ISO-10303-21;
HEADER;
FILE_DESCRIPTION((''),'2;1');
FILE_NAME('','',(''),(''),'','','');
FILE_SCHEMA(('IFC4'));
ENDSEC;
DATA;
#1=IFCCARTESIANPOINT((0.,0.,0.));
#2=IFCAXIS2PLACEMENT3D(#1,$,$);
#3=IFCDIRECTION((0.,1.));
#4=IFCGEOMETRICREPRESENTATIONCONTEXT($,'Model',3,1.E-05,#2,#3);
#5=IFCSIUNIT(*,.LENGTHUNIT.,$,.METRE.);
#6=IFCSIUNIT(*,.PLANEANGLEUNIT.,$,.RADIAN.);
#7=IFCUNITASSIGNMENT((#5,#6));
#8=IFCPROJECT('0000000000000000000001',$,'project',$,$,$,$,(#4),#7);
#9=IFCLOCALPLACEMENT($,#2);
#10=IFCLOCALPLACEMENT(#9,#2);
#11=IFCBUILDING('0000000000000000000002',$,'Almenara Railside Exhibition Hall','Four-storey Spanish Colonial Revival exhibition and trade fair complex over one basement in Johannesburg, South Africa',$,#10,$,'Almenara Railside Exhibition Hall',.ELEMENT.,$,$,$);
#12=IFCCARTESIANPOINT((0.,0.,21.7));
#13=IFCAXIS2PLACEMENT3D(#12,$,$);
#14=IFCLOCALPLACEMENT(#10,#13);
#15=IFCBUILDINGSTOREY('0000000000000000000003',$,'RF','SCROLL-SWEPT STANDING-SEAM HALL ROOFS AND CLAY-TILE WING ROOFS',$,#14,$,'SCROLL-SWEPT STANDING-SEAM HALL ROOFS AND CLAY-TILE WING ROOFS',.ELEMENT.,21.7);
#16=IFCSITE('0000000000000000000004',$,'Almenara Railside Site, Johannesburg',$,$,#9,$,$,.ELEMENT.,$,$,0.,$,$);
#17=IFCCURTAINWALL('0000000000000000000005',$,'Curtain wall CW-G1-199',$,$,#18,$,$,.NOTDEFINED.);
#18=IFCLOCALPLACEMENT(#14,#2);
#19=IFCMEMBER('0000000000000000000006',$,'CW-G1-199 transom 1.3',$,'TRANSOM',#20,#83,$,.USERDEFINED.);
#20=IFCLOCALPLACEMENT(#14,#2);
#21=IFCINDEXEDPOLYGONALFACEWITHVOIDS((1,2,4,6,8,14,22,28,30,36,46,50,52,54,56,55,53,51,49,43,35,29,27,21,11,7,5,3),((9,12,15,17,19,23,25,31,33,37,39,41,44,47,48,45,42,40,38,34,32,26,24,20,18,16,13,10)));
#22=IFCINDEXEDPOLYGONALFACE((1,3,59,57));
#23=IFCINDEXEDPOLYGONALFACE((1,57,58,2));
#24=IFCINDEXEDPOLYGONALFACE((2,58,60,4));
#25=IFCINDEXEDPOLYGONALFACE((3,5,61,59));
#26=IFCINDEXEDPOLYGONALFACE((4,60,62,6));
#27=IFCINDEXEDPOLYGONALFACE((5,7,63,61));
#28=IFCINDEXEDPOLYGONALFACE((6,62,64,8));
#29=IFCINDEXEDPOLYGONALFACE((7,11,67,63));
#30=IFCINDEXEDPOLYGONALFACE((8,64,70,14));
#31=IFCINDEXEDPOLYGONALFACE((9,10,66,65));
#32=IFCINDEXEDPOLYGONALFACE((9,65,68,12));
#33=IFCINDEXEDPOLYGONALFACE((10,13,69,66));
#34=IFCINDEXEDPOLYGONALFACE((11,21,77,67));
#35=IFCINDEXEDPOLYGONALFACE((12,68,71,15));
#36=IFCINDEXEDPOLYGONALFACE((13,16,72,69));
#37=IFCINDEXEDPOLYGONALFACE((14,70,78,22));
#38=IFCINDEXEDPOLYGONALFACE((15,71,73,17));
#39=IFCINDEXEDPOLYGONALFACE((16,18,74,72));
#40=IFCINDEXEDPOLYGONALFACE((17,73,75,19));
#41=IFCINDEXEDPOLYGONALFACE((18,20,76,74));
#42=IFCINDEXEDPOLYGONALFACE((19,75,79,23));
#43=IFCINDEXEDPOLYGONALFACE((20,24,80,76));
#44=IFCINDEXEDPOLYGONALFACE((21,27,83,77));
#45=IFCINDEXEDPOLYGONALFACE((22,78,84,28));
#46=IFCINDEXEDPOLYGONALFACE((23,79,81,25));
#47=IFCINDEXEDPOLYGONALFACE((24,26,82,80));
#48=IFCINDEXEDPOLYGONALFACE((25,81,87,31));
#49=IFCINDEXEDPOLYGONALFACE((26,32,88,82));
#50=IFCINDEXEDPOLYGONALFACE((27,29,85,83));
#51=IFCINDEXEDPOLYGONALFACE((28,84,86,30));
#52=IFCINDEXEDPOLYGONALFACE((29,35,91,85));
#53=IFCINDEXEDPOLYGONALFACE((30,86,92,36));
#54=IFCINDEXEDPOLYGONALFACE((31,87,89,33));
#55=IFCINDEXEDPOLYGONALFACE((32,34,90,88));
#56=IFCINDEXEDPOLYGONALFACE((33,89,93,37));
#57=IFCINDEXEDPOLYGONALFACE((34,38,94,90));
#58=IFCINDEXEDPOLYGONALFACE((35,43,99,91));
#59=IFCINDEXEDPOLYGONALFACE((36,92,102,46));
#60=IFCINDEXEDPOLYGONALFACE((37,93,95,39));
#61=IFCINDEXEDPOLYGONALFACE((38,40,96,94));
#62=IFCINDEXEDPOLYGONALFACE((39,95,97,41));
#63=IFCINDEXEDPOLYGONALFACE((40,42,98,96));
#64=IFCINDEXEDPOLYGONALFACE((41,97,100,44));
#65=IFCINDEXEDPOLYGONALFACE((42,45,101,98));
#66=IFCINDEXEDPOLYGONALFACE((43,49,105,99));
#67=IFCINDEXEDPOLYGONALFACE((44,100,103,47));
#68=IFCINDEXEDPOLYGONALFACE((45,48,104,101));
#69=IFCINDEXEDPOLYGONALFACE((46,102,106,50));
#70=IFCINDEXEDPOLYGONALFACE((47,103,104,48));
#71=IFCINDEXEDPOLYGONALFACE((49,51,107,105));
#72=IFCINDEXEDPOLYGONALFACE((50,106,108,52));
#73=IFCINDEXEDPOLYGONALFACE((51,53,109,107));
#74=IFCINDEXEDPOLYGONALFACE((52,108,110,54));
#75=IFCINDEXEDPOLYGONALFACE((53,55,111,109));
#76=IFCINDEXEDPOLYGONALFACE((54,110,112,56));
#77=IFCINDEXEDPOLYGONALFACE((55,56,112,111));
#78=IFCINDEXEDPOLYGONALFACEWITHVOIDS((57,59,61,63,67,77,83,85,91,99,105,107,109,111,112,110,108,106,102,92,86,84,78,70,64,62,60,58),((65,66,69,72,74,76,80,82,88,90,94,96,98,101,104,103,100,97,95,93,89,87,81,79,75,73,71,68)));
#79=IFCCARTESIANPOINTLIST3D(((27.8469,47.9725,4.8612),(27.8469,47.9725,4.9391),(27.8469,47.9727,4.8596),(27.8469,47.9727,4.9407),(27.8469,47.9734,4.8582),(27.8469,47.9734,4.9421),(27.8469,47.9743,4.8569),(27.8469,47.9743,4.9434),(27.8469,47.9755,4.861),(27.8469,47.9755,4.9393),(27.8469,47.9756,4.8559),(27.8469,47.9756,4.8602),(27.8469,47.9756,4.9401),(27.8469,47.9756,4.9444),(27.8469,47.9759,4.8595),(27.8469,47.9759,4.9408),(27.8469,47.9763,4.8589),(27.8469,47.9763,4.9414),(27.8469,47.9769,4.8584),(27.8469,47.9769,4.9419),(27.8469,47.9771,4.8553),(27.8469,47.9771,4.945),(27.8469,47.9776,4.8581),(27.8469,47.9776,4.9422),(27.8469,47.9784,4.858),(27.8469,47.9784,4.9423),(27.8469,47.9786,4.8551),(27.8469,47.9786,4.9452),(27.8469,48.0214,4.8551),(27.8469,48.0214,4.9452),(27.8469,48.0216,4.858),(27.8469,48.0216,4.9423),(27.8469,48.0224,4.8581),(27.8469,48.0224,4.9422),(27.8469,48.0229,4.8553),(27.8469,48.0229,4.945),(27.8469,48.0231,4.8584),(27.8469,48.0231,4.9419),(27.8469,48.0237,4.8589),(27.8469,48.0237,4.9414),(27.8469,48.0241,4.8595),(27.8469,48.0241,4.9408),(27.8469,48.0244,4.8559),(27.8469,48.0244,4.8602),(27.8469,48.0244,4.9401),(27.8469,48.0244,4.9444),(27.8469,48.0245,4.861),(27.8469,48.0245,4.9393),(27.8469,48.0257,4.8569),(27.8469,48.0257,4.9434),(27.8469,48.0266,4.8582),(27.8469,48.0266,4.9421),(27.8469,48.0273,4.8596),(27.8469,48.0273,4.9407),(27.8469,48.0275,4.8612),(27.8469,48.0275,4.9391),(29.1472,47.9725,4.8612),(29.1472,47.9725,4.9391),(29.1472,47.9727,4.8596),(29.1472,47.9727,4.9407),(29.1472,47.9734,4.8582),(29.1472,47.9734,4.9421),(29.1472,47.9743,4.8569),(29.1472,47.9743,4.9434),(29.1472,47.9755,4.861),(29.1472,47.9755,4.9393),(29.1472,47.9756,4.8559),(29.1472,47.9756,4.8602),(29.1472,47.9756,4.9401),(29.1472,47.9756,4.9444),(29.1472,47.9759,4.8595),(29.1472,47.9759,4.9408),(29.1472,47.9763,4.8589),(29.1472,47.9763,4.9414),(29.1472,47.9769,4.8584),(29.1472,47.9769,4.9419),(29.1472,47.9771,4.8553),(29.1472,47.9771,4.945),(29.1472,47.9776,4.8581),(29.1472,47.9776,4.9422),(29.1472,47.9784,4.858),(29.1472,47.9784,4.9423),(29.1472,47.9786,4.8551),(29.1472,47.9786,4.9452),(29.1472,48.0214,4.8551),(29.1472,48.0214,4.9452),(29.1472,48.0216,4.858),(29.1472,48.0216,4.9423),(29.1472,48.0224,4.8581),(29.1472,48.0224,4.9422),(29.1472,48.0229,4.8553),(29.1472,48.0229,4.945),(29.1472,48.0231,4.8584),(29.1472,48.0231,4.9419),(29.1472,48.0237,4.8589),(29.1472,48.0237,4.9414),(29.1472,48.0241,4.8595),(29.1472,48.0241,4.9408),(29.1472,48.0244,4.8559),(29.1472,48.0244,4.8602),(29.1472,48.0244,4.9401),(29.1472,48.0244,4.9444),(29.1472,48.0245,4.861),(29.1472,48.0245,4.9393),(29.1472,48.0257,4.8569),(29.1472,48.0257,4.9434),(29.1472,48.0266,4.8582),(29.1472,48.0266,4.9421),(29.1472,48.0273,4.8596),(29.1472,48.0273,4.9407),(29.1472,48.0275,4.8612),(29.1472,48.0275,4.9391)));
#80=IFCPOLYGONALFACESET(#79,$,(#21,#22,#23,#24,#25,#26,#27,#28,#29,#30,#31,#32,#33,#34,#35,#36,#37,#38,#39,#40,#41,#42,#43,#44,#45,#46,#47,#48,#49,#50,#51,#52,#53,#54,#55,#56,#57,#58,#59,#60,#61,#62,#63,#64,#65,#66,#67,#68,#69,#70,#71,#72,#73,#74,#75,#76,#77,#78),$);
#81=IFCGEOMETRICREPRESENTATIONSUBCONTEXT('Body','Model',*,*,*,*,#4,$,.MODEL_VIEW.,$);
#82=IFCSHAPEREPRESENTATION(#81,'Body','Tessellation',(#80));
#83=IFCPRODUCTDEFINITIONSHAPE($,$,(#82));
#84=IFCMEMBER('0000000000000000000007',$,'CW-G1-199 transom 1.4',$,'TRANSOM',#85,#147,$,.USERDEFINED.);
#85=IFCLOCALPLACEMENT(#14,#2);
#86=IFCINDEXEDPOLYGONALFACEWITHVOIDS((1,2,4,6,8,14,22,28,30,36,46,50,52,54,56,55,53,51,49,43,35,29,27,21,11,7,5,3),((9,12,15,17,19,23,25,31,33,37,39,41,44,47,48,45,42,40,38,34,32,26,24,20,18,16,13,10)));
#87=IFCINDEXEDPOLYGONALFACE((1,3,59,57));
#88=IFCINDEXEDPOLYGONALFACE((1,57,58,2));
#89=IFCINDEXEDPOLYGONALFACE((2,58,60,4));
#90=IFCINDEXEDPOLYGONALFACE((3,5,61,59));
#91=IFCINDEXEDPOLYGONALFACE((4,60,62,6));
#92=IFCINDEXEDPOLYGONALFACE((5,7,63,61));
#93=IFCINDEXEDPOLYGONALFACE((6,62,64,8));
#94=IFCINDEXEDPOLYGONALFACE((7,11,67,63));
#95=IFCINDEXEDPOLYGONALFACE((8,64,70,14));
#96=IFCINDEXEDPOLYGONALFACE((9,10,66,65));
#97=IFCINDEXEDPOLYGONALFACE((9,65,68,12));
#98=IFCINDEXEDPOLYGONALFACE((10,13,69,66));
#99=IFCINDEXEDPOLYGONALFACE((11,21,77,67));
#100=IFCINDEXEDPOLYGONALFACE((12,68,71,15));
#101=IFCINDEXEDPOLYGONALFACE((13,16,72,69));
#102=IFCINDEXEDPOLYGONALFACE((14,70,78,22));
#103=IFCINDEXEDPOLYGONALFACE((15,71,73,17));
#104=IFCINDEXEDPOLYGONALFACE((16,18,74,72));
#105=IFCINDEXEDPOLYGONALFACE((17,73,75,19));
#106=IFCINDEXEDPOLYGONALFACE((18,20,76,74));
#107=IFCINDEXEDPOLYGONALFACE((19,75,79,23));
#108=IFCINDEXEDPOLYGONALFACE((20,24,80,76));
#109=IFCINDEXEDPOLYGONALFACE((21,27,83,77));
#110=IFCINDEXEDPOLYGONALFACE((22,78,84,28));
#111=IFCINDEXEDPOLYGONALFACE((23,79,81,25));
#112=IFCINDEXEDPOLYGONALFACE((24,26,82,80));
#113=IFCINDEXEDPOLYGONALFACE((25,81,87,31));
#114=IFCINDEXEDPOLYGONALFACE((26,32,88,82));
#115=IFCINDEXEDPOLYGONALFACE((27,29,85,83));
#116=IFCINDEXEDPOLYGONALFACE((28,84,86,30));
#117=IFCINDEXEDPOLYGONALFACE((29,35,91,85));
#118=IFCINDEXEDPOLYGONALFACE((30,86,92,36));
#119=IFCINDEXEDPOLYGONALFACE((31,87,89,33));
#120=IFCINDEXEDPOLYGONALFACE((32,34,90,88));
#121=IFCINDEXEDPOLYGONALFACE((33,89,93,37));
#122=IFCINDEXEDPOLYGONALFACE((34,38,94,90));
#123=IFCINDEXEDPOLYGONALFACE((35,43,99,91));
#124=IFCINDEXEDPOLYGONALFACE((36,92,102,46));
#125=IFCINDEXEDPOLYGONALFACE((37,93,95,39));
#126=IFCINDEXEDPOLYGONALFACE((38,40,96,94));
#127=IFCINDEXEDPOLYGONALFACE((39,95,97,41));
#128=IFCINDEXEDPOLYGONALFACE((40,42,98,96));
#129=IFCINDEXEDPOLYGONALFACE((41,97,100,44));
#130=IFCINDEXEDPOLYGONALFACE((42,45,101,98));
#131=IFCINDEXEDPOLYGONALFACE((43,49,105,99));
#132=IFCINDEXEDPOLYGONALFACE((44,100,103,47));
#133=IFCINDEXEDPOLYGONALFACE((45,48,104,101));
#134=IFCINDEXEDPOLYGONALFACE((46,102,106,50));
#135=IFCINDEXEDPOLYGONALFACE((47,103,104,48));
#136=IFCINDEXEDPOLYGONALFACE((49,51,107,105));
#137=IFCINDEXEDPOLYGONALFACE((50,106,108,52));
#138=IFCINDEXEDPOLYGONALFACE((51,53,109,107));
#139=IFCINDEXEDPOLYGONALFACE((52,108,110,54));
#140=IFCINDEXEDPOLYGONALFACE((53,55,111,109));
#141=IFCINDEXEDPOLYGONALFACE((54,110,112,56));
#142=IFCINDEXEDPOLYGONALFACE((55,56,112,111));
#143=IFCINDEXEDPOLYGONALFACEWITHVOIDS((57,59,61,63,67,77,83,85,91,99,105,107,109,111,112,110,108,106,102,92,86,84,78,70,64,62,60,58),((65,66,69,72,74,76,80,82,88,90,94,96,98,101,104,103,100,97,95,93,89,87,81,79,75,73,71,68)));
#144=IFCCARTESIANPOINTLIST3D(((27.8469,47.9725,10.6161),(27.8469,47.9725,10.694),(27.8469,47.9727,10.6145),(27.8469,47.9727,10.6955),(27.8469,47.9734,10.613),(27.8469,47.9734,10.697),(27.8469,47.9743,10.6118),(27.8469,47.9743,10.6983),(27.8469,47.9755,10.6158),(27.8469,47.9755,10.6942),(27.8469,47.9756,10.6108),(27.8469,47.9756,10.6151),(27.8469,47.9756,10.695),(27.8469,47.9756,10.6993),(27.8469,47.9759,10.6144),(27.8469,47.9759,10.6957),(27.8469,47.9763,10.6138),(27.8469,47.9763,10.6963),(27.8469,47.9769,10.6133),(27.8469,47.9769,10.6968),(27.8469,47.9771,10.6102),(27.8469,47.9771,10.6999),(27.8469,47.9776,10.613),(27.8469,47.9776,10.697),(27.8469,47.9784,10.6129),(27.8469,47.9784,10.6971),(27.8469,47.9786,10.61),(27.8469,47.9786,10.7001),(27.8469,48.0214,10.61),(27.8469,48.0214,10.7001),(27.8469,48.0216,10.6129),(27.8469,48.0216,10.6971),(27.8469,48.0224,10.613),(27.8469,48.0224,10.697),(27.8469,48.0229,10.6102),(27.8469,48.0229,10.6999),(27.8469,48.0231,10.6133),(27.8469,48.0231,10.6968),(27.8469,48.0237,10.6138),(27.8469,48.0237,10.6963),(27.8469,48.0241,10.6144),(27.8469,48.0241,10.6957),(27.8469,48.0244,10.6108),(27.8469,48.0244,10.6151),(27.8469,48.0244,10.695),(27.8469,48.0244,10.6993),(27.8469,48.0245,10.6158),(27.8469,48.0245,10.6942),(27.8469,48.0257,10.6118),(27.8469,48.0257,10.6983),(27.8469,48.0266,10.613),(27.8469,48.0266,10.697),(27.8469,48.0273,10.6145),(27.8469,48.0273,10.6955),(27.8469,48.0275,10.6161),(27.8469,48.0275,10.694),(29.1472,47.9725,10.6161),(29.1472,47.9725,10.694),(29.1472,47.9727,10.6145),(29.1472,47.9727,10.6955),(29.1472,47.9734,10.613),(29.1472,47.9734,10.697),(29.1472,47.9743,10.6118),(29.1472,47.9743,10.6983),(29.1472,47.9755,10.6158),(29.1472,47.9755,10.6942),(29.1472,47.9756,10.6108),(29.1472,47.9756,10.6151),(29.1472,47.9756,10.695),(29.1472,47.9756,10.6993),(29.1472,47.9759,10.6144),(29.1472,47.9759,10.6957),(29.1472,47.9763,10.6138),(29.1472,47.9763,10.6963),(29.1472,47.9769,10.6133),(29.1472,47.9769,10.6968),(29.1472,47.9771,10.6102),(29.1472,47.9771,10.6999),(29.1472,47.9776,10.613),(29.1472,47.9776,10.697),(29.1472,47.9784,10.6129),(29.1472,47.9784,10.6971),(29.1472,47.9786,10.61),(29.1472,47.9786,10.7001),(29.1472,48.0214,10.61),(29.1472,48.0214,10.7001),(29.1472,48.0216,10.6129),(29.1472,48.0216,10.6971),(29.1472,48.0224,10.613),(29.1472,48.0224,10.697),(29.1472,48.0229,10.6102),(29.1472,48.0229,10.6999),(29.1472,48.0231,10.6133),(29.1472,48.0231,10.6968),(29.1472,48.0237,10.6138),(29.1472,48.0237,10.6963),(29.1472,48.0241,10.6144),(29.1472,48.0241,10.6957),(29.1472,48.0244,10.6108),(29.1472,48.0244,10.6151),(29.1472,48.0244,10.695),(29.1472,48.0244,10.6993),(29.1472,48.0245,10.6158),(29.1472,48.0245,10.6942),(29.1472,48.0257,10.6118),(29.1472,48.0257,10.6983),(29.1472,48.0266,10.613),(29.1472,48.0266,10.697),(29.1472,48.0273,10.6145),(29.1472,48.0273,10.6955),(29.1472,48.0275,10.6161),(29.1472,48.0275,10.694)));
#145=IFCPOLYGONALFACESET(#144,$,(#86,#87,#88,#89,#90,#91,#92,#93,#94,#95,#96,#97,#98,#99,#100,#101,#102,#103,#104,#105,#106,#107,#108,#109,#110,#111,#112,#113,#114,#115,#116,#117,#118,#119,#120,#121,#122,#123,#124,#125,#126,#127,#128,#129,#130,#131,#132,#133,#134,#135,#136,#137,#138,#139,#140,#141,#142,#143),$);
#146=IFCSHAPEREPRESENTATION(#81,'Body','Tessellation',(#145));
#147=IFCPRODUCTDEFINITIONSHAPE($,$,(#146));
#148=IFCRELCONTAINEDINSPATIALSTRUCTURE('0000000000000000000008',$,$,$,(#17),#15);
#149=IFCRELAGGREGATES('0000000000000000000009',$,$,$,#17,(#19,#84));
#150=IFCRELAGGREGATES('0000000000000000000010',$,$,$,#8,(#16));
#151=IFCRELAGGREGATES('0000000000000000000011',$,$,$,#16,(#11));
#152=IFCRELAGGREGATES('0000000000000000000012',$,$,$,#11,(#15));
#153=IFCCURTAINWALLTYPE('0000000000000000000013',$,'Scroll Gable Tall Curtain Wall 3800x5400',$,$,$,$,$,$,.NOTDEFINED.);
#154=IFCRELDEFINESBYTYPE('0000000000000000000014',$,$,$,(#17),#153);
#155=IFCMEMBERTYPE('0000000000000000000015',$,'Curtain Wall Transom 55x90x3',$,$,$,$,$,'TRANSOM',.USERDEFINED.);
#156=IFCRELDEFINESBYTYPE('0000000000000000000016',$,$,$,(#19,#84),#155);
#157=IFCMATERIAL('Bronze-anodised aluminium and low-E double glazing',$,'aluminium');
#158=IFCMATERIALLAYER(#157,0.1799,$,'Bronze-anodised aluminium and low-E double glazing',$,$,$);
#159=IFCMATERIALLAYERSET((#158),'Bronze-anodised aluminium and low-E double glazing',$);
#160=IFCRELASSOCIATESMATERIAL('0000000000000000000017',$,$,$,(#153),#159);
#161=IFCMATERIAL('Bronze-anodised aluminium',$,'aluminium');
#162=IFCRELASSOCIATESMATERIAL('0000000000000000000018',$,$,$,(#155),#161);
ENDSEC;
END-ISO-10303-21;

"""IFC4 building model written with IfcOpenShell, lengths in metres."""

from ifc_helpers import new_model, si_unit, direction, frame, origin, origin_2d, place, context, subcontext, project, spatial, hollow_rectangle, extrude, material, layer, layer_set, material_profile, profile_set, type_object, element, aggregate, save


model = new_model("IFC4")

# Units and contexts
model_context = context("Model", 3, precision=1e-05, world=origin(), true_north=direction((0.0, 1.0)))
body_context = subcontext(model_context, "Body", "Model", "MODEL_VIEW")
ifc_project = project(units=[si_unit("LENGTHUNIT", "METRE"), si_unit("PLANEANGLEUNIT", "RADIAN")], contexts=[model_context])

# Site, building, storey
site_placement = place(None, origin())
site = spatial("IfcSite", under=ifc_project, at=site_placement, Name="Almenara Railside Site, Johannesburg", CompositionType="ELEMENT", RefElevation=0.0)
building_placement = place(site_placement, origin())
building = spatial("IfcBuilding", under=site, at=building_placement, Name="Almenara Railside Exhibition Hall", Description="Four-storey Spanish Colonial Revival exhibition and trade fair complex over one basement in Johannesburg, South Africa", LongName="Almenara Railside Exhibition Hall", CompositionType="ELEMENT")
storey_placement = place(building_placement, frame((0.0, 0.0, 21.7)))
storey = spatial("IfcBuildingStorey", under=building, at=storey_placement, Name="RF", Description="SCROLL-SWEPT STANDING-SEAM HALL ROOFS AND CLAY-TILE WING ROOFS", LongName="SCROLL-SWEPT STANDING-SEAM HALL ROOFS AND CLAY-TILE WING ROOFS", CompositionType="ELEMENT", Elevation=21.7)

# Curtain wall
ifc_material_1 = material(Name="Bronze-anodised aluminium and low-E double glazing", Category="aluminium")
ifc_layer_1 = layer(ifc_material_1, 0.1799, Name="Bronze-anodised aluminium and low-E double glazing")
ifc_layer_set_1 = layer_set([ifc_layer_1], Name="Bronze-anodised aluminium and low-E double glazing")
curtain_wall_type = type_object("IfcCurtainWallType", Name="Scroll Gable Tall Curtain Wall 3800x5400", PredefinedType="NOTDEFINED", material=ifc_layer_set_1)
curtain_wall_1_placement = place(storey_placement, origin())
curtain_wall_1 = element("IfcCurtainWall", 1, at=curtain_wall_1_placement, inside=storey, type_object=curtain_wall_type, Name="Curtain wall CW-G1-199", PredefinedType="NOTDEFINED")
ifc_material_2 = material(Name="Bronze-anodised aluminium", Category="aluminium")

# Members
ifc_material_profile_1 = material_profile(ifc_material_2, hollow_rectangle(XDim=0.0549, YDim=0.0901, WallThickness=0.0029, InnerFilletRadius=0.0029, OuterFilletRadius=0.0061, at=origin_2d()), Name="ALU-TRN 55x90x3")
ifc_profile_set_1 = profile_set([ifc_material_profile_1], Name="Bronze-anodised aluminium")
member_type_1 = type_object("IfcMemberType", Name="Curtain Wall Transom 55x90x3", ElementType="TRANSOM", PredefinedType="USERDEFINED", material=ifc_profile_set_1)
member_1_placement = place(storey_placement, frame((27.8469, 48.0, 4.9001), z_axis=(1.0, 0.0, 0.0), x_axis=(0.0, 1.0, 0.0)))
member_1 = element("IfcMember", 2, at=member_1_placement, type_object=member_type_1, Name="CW-G1-199 transom 1.3", ObjectType="TRANSOM", PredefinedType="USERDEFINED", context=body_context, shape_type="SweptSolid", body=[
    extrude(hollow_rectangle(XDim=0.0549, YDim=0.0901, WallThickness=0.0029, InnerFilletRadius=0.0029, OuterFilletRadius=0.0061, at=origin_2d()), origin(), (0.0, 0.0, 1.0), 1.3003),
])
member_2_placement = place(storey_placement, frame((27.8469, 48.0, 10.655), z_axis=(1.0, 0.0, 0.0), x_axis=(0.0, 1.0, 0.0)))
member_2 = element("IfcMember", 3, at=member_2_placement, type_object=member_type_1, Name="CW-G1-199 transom 1.4", ObjectType="TRANSOM", PredefinedType="USERDEFINED", context=body_context, shape_type="SweptSolid", body=[
    extrude(hollow_rectangle(XDim=0.0549, YDim=0.0901, WallThickness=0.0029, InnerFilletRadius=0.0029, OuterFilletRadius=0.0061, at=origin_2d()), origin(), (0.0, 0.0, 1.0), 1.3003),
])

aggregate(curtain_wall_1, [member_1, member_2])

save(model, "model.ifc")
